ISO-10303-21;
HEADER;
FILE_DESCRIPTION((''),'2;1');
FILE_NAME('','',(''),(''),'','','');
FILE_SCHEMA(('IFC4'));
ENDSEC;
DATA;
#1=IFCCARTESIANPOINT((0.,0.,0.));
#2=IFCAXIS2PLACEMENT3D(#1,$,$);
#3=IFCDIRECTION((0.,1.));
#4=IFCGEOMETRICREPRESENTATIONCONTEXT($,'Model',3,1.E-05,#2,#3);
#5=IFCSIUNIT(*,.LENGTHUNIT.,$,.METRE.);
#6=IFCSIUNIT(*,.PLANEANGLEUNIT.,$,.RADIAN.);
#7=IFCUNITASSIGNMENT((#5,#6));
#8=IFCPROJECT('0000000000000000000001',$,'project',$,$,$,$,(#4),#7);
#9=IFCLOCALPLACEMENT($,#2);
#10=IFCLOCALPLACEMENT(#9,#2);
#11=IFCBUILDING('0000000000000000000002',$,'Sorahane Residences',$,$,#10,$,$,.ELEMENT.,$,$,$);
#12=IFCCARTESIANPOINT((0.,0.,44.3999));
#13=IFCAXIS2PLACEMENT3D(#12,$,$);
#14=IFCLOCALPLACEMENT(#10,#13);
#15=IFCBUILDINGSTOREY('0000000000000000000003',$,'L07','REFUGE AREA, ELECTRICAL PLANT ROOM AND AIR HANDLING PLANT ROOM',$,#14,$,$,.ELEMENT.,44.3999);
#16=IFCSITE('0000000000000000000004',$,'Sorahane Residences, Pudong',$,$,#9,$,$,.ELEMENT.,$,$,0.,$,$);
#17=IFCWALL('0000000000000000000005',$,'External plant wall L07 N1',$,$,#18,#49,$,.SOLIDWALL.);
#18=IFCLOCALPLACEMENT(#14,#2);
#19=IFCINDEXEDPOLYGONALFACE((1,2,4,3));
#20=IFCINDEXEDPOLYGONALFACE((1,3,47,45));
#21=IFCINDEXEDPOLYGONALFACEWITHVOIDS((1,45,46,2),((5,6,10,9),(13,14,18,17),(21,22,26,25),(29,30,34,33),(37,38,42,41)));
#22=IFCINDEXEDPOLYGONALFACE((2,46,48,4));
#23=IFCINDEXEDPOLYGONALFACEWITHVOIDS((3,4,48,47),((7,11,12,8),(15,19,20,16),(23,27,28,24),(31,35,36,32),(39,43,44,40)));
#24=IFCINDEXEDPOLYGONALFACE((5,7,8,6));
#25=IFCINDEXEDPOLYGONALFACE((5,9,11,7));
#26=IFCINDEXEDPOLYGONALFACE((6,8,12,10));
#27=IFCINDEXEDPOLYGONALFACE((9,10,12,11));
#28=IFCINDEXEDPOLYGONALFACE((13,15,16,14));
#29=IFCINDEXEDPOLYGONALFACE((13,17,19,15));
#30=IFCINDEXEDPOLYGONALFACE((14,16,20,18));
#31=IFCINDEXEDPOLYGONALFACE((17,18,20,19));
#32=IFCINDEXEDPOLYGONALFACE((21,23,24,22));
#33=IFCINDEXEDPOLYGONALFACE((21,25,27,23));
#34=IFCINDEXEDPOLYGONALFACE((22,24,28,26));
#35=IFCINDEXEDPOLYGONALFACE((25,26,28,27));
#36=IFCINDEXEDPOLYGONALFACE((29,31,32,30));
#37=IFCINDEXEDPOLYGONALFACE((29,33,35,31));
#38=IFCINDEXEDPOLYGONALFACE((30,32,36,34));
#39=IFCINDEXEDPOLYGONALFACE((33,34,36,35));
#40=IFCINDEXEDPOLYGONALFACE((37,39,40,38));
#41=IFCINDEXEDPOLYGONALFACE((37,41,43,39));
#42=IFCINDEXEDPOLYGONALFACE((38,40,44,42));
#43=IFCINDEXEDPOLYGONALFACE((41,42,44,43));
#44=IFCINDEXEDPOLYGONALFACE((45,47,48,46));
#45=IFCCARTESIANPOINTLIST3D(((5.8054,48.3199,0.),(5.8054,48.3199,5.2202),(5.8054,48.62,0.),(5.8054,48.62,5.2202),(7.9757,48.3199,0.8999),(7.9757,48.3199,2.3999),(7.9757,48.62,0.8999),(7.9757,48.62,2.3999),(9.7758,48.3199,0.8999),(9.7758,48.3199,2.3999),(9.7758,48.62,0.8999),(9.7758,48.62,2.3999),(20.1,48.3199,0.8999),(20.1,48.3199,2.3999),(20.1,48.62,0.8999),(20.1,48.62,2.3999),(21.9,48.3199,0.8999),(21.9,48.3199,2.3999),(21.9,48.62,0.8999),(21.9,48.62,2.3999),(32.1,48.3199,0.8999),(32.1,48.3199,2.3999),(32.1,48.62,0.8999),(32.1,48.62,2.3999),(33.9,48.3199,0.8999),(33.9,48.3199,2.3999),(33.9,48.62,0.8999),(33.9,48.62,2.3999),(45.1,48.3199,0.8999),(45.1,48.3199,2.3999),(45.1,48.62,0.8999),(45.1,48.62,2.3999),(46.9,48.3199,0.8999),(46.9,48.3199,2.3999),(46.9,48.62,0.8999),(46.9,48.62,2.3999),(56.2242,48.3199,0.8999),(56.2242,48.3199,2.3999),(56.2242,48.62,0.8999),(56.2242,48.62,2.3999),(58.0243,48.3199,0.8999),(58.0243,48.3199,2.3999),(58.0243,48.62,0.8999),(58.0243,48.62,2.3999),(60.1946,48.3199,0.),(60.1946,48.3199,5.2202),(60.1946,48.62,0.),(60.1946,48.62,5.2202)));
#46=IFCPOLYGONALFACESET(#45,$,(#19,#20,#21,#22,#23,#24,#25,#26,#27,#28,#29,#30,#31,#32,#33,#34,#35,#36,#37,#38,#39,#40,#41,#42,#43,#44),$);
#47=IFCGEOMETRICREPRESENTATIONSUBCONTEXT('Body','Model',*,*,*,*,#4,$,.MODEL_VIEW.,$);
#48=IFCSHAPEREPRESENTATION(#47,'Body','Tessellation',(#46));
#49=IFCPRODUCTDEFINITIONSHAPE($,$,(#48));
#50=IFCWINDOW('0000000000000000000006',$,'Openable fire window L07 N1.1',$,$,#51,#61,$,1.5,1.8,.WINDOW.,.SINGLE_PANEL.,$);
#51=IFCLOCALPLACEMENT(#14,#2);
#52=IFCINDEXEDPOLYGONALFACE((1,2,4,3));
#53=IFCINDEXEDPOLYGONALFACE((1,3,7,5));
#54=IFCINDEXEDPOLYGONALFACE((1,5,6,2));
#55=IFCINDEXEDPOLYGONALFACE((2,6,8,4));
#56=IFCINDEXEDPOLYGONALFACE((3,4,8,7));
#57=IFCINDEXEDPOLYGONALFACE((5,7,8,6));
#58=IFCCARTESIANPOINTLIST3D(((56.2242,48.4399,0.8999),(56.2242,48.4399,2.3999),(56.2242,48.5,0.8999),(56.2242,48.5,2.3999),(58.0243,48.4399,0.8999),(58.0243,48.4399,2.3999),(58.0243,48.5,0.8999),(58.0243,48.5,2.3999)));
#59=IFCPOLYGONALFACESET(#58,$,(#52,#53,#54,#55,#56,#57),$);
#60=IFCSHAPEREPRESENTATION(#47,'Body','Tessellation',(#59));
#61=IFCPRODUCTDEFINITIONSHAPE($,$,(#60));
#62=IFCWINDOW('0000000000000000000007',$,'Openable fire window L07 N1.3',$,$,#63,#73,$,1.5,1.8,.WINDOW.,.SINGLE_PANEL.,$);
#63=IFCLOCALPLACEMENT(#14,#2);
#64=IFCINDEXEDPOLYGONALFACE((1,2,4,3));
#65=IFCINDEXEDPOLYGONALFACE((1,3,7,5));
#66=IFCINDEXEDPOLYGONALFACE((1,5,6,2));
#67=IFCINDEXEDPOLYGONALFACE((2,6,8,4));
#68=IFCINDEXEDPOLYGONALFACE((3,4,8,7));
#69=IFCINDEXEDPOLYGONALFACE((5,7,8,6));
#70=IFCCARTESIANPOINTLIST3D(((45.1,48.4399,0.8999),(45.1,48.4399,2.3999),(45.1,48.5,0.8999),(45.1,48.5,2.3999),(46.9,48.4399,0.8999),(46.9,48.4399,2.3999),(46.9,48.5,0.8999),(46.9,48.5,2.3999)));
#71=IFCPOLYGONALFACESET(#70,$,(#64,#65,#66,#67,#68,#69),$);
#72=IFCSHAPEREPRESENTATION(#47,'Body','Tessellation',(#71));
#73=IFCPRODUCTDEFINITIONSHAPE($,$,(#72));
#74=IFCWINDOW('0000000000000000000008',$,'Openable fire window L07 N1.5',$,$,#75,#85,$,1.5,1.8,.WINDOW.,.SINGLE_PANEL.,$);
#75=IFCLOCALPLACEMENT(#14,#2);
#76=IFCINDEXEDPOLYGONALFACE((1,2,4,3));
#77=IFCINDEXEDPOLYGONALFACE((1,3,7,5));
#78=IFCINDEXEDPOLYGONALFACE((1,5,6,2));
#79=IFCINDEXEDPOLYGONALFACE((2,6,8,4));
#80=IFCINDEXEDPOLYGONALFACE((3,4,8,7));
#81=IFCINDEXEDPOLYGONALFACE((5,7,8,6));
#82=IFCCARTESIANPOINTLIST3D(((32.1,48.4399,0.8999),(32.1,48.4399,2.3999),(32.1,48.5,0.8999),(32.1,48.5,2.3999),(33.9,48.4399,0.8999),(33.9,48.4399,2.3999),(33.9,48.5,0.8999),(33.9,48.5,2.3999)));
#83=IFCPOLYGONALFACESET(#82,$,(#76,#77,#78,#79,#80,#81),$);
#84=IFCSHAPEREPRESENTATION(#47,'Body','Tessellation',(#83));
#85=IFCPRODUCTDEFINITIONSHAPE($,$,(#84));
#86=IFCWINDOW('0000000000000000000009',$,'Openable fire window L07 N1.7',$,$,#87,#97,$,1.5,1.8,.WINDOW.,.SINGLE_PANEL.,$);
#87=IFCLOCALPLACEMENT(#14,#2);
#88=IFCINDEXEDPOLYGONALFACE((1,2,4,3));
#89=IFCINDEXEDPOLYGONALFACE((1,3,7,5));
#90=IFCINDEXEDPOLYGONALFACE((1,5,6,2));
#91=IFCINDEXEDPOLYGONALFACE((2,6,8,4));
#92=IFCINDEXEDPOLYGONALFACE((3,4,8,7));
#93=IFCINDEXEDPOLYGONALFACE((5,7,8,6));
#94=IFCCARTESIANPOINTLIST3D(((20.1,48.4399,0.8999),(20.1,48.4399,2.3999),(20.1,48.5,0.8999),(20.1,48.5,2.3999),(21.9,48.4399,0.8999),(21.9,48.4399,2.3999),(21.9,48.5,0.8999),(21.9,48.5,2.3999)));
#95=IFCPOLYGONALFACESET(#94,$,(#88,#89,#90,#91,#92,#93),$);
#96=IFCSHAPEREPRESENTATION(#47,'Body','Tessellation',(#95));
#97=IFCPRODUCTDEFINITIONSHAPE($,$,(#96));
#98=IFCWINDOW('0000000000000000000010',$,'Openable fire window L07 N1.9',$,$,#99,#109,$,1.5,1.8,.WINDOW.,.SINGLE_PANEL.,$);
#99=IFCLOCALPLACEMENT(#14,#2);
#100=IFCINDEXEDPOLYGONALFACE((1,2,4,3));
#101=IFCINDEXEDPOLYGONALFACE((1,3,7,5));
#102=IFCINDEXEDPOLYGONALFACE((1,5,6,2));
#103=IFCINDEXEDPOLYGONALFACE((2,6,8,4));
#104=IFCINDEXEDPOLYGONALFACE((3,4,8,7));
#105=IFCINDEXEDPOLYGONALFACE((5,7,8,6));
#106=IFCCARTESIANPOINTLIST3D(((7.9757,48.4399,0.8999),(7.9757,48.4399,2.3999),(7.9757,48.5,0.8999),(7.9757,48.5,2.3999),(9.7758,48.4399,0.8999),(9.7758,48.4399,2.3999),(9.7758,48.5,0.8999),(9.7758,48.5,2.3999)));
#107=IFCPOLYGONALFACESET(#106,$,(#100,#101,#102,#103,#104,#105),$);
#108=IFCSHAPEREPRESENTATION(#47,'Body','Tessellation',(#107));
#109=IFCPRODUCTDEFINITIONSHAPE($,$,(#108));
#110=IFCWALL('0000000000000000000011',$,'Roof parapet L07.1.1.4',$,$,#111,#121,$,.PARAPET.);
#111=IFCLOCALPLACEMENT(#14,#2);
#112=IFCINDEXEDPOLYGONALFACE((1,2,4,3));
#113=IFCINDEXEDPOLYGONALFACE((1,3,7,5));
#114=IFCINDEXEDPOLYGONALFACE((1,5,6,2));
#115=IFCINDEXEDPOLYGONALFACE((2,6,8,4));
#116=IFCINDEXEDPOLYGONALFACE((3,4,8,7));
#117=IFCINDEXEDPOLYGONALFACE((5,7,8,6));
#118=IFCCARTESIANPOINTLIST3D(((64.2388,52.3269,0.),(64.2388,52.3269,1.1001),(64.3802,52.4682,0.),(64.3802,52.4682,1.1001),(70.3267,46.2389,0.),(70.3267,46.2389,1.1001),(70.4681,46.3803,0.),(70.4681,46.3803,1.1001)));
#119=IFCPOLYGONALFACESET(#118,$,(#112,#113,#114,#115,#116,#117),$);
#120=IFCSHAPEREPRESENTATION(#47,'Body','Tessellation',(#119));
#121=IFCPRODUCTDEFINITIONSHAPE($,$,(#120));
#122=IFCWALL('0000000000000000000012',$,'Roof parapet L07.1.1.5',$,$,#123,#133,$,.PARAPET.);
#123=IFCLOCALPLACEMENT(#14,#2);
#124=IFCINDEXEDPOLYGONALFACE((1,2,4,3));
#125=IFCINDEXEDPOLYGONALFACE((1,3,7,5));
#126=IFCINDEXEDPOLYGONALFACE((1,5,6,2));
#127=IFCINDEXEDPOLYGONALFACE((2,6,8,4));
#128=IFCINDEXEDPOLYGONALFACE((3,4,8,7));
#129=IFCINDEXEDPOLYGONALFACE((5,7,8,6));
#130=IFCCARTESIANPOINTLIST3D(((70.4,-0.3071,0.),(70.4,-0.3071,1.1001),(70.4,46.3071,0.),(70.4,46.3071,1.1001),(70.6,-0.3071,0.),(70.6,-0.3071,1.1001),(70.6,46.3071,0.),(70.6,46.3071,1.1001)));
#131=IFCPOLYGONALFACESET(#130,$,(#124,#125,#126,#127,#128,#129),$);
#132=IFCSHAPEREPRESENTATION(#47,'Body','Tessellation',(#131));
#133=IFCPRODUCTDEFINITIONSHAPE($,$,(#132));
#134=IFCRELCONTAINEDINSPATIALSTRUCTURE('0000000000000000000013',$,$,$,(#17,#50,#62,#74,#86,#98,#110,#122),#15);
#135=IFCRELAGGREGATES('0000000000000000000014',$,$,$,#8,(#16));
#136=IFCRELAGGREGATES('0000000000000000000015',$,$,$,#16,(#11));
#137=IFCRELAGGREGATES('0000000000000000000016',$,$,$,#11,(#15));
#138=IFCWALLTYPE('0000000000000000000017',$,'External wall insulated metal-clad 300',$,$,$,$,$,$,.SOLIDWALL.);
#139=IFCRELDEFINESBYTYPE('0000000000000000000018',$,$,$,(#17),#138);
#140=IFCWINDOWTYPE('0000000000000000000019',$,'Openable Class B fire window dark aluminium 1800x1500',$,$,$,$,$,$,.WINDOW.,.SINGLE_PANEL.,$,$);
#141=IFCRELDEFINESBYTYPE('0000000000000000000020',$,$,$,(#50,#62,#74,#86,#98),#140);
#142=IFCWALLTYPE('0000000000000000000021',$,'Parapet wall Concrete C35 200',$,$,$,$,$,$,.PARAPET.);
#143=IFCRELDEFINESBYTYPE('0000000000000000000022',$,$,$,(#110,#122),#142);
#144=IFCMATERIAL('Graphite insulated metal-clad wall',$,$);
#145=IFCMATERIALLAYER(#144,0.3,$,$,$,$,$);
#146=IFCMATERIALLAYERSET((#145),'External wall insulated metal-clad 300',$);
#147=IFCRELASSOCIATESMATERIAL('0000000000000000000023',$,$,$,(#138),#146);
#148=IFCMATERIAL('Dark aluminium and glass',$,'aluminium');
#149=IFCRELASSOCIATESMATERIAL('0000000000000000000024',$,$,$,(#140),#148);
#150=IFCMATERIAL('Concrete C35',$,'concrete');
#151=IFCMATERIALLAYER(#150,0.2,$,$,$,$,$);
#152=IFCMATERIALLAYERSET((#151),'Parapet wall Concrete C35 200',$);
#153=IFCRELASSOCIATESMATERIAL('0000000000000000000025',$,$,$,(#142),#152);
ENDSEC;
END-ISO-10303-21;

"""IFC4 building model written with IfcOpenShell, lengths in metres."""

from ifc_helpers import new_model, si_unit, direction, frame, frame_2d, origin, place, context, subcontext, project, spatial, rectangle, extrude, material, layer, layer_set, type_object, element, fill, save


model = new_model("IFC4")

# Units and contexts
model_context = context("Model", 3, precision=1e-05, world=origin(), true_north=direction((0.0, 1.0)))
body_context = subcontext(model_context, "Body", "Model", "MODEL_VIEW")
ifc_project = project(units=[si_unit("LENGTHUNIT", "METRE"), si_unit("PLANEANGLEUNIT", "RADIAN")], contexts=[model_context])

# Site, building, storey
site_placement = place(None, origin())
site = spatial("IfcSite", under=ifc_project, at=site_placement, Name="Sorahane Residences, Pudong", CompositionType="ELEMENT", RefElevation=0.0)
building_placement = place(site_placement, origin())
building = spatial("IfcBuilding", under=site, at=building_placement, Name="Sorahane Residences", CompositionType="ELEMENT")
storey_placement = place(building_placement, frame((0.0, 0.0, 44.3999)))
storey = spatial("IfcBuildingStorey", under=building, at=storey_placement, Name="L07", Description="REFUGE AREA, ELECTRICAL PLANT ROOM AND AIR HANDLING PLANT ROOM", CompositionType="ELEMENT", Elevation=44.3999)

# Shared definitions
ifc_material_1 = material(Name="Graphite insulated metal-clad wall")
ifc_layer_1 = layer(ifc_material_1, 0.3)
ifc_layer_set_1 = layer_set([ifc_layer_1], Name="External wall insulated metal-clad 300")
wall_type_1 = type_object("IfcWallType", Name="External wall insulated metal-clad 300", PredefinedType="SOLIDWALL", material=ifc_layer_set_1)
ifc_material_2 = material(Name="Dark aluminium and glass", Category="aluminium")
window_type = type_object("IfcWindowType", Name="Openable Class B fire window dark aluminium 1800x1500", PartitioningType="SINGLE_PANEL", PredefinedType="WINDOW", material=ifc_material_2)

# Wall, openings, windows
wall_1_placement = place(storey_placement, frame((60.1946, 48.47, 0.0), z_axis=(0.0, 0.0, 1.0), x_axis=(-1.0, 0.0, 0.0)))
wall_1 = element("IfcWall", 1, at=wall_1_placement, inside=storey, type_object=wall_type_1, Name="External plant wall L07 N1", PredefinedType="SOLIDWALL", context=body_context, shape_type="SweptSolid", body=[
    extrude(rectangle(XDim=54.3892, YDim=0.3, at=frame_2d((27.1946, 0.0))), origin(), (0.0, 0.0, 1.0), 5.2202),
])
opening_1_placement = place(wall_1_placement, frame((2.1704, 0.0, 0.8999)))
opening_1 = element("IfcOpeningElement", 2, at=opening_1_placement, cuts=wall_1, PredefinedType="OPENING", context=body_context, shape_type="SweptSolid", body=[
    extrude(rectangle(XDim=1.8, YDim=1.5, at=frame_2d((0.8999, 0.75))), frame((0.0, 0.1599, 0.0), z_axis=(0.0, -1.0, 0.0), x_axis=(1.0, 0.0, 0.0)), (0.0, 0.0, 1.0), 0.3201),
])
opening_2_placement = place(wall_1_placement, frame((13.2947, 0.0, 0.8999)))
opening_2 = element("IfcOpeningElement", 3, at=opening_2_placement, cuts=wall_1, PredefinedType="OPENING", context=body_context, shape_type="SweptSolid", body=[
    extrude(rectangle(XDim=1.8, YDim=1.5, at=frame_2d((0.8999, 0.75))), frame((0.0, 0.1599, 0.0), z_axis=(0.0, -1.0, 0.0), x_axis=(1.0, 0.0, 0.0)), (0.0, 0.0, 1.0), 0.3201),
])
opening_3_placement = place(wall_1_placement, frame((26.2947, 0.0, 0.8999)))
opening_3 = element("IfcOpeningElement", 4, at=opening_3_placement, cuts=wall_1, PredefinedType="OPENING", context=body_context, shape_type="SweptSolid", body=[
    extrude(rectangle(XDim=1.8, YDim=1.5, at=frame_2d((0.8999, 0.75))), frame((0.0, 0.1599, 0.0), z_axis=(0.0, -1.0, 0.0), x_axis=(1.0, 0.0, 0.0)), (0.0, 0.0, 1.0), 0.3201),
])
opening_4_placement = place(wall_1_placement, frame((38.2947, 0.0, 0.8999)))
opening_4 = element("IfcOpeningElement", 5, at=opening_4_placement, cuts=wall_1, PredefinedType="OPENING", context=body_context, shape_type="SweptSolid", body=[
    extrude(rectangle(XDim=1.8, YDim=1.5, at=frame_2d((0.8999, 0.75))), frame((0.0, 0.1599, 0.0), z_axis=(0.0, -1.0, 0.0), x_axis=(1.0, 0.0, 0.0)), (0.0, 0.0, 1.0), 0.3201),
])
opening_5_placement = place(wall_1_placement, frame((50.4189, 0.0, 0.8999)))
opening_5 = element("IfcOpeningElement", 6, at=opening_5_placement, cuts=wall_1, PredefinedType="OPENING", context=body_context, shape_type="SweptSolid", body=[
    extrude(rectangle(XDim=1.8, YDim=1.5, at=frame_2d((0.8999, 0.75))), frame((0.0, 0.1599, 0.0), z_axis=(0.0, -1.0, 0.0), x_axis=(1.0, 0.0, 0.0)), (0.0, 0.0, 1.0), 0.3201),
])
window_1_placement = place(opening_1_placement, origin())
window_1 = element("IfcWindow", 7, at=window_1_placement, inside=storey, type_object=window_type, Name="Openable fire window L07 N1.1", OverallHeight=1.5, OverallWidth=1.8, PartitioningType="SINGLE_PANEL", PredefinedType="WINDOW", context=body_context, shape_type="SweptSolid", body=[
    extrude(rectangle(XDim=1.8, YDim=1.5, at=frame_2d((0.8999, 0.75))), frame((0.0, 0.03, 0.0), z_axis=(0.0, -1.0, 0.0), x_axis=(1.0, 0.0, 0.0)), (0.0, 0.0, 1.0), 0.0601),
])
fill(opening_1, window_1)
window_2_placement = place(opening_2_placement, origin())
window_2 = element("IfcWindow", 8, at=window_2_placement, inside=storey, type_object=window_type, Name="Openable fire window L07 N1.3", OverallHeight=1.5, OverallWidth=1.8, PartitioningType="SINGLE_PANEL", PredefinedType="WINDOW", context=body_context, shape_type="SweptSolid", body=[
    extrude(rectangle(XDim=1.8, YDim=1.5, at=frame_2d((0.8999, 0.75))), frame((0.0, 0.03, 0.0), z_axis=(0.0, -1.0, 0.0), x_axis=(1.0, 0.0, 0.0)), (0.0, 0.0, 1.0), 0.0601),
])
fill(opening_2, window_2)
window_3_placement = place(opening_3_placement, origin())
window_3 = element("IfcWindow", 9, at=window_3_placement, inside=storey, type_object=window_type, Name="Openable fire window L07 N1.5", OverallHeight=1.5, OverallWidth=1.8, PartitioningType="SINGLE_PANEL", PredefinedType="WINDOW", context=body_context, shape_type="SweptSolid", body=[
    extrude(rectangle(XDim=1.8, YDim=1.5, at=frame_2d((0.8999, 0.75))), frame((0.0, 0.03, 0.0), z_axis=(0.0, -1.0, 0.0), x_axis=(1.0, 0.0, 0.0)), (0.0, 0.0, 1.0), 0.0601),
])
fill(opening_3, window_3)
window_4_placement = place(opening_4_placement, origin())
window_4 = element("IfcWindow", 10, at=window_4_placement, inside=storey, type_object=window_type, Name="Openable fire window L07 N1.7", OverallHeight=1.5, OverallWidth=1.8, PartitioningType="SINGLE_PANEL", PredefinedType="WINDOW", context=body_context, shape_type="SweptSolid", body=[
    extrude(rectangle(XDim=1.8, YDim=1.5, at=frame_2d((0.8999, 0.75))), frame((0.0, 0.03, 0.0), z_axis=(0.0, -1.0, 0.0), x_axis=(1.0, 0.0, 0.0)), (0.0, 0.0, 1.0), 0.0601),
])
fill(opening_4, window_4)
window_5_placement = place(opening_5_placement, origin())
window_5 = element("IfcWindow", 11, at=window_5_placement, inside=storey, type_object=window_type, Name="Openable fire window L07 N1.9", OverallHeight=1.5, OverallWidth=1.8, PartitioningType="SINGLE_PANEL", PredefinedType="WINDOW", context=body_context, shape_type="SweptSolid", body=[
    extrude(rectangle(XDim=1.8, YDim=1.5, at=frame_2d((0.8999, 0.75))), frame((0.0, 0.03, 0.0), z_axis=(0.0, -1.0, 0.0), x_axis=(1.0, 0.0, 0.0)), (0.0, 0.0, 1.0), 0.0601),
])
fill(opening_5, window_5)

# Walls
ifc_material_3 = material(Name="Concrete C35", Category="concrete")
ifc_layer_2 = layer(ifc_material_3, 0.2)
ifc_layer_set_2 = layer_set([ifc_layer_2], Name="Parapet wall Concrete C35 200")
wall_type_2 = type_object("IfcWallType", Name="Parapet wall Concrete C35 200", PredefinedType="PARAPET", material=ifc_layer_set_2)
wall_2_placement = place(storey_placement, frame((64.3096, 52.3975, 0.0), z_axis=(0.0, 0.0, 1.0), x_axis=(0.707107, -0.707107, 0.0)))
element("IfcWall", 12, at=wall_2_placement, inside=storey, type_object=wall_type_2, Name="Roof parapet L07.1.1.4", PredefinedType="PARAPET", context=body_context, shape_type="SweptSolid", body=[
    extrude(rectangle(XDim=8.6096, YDim=0.2, at=frame_2d((4.3047, 0.0))), origin(), (0.0, 0.0, 1.0), 1.1001),
])
wall_3_placement = place(storey_placement, frame((70.5, 46.3071, 0.0), z_axis=(0.0, 0.0, 1.0), x_axis=(0.0, -1.0, 0.0)))
element("IfcWall", 13, at=wall_3_placement, inside=storey, type_object=wall_type_2, Name="Roof parapet L07.1.1.5", PredefinedType="PARAPET", context=body_context, shape_type="SweptSolid", body=[
    extrude(rectangle(XDim=46.6143, YDim=0.2, at=frame_2d((23.3071, 0.0))), origin(), (0.0, 0.0, 1.0), 1.1001),
])

save(model, "model.ifc")
